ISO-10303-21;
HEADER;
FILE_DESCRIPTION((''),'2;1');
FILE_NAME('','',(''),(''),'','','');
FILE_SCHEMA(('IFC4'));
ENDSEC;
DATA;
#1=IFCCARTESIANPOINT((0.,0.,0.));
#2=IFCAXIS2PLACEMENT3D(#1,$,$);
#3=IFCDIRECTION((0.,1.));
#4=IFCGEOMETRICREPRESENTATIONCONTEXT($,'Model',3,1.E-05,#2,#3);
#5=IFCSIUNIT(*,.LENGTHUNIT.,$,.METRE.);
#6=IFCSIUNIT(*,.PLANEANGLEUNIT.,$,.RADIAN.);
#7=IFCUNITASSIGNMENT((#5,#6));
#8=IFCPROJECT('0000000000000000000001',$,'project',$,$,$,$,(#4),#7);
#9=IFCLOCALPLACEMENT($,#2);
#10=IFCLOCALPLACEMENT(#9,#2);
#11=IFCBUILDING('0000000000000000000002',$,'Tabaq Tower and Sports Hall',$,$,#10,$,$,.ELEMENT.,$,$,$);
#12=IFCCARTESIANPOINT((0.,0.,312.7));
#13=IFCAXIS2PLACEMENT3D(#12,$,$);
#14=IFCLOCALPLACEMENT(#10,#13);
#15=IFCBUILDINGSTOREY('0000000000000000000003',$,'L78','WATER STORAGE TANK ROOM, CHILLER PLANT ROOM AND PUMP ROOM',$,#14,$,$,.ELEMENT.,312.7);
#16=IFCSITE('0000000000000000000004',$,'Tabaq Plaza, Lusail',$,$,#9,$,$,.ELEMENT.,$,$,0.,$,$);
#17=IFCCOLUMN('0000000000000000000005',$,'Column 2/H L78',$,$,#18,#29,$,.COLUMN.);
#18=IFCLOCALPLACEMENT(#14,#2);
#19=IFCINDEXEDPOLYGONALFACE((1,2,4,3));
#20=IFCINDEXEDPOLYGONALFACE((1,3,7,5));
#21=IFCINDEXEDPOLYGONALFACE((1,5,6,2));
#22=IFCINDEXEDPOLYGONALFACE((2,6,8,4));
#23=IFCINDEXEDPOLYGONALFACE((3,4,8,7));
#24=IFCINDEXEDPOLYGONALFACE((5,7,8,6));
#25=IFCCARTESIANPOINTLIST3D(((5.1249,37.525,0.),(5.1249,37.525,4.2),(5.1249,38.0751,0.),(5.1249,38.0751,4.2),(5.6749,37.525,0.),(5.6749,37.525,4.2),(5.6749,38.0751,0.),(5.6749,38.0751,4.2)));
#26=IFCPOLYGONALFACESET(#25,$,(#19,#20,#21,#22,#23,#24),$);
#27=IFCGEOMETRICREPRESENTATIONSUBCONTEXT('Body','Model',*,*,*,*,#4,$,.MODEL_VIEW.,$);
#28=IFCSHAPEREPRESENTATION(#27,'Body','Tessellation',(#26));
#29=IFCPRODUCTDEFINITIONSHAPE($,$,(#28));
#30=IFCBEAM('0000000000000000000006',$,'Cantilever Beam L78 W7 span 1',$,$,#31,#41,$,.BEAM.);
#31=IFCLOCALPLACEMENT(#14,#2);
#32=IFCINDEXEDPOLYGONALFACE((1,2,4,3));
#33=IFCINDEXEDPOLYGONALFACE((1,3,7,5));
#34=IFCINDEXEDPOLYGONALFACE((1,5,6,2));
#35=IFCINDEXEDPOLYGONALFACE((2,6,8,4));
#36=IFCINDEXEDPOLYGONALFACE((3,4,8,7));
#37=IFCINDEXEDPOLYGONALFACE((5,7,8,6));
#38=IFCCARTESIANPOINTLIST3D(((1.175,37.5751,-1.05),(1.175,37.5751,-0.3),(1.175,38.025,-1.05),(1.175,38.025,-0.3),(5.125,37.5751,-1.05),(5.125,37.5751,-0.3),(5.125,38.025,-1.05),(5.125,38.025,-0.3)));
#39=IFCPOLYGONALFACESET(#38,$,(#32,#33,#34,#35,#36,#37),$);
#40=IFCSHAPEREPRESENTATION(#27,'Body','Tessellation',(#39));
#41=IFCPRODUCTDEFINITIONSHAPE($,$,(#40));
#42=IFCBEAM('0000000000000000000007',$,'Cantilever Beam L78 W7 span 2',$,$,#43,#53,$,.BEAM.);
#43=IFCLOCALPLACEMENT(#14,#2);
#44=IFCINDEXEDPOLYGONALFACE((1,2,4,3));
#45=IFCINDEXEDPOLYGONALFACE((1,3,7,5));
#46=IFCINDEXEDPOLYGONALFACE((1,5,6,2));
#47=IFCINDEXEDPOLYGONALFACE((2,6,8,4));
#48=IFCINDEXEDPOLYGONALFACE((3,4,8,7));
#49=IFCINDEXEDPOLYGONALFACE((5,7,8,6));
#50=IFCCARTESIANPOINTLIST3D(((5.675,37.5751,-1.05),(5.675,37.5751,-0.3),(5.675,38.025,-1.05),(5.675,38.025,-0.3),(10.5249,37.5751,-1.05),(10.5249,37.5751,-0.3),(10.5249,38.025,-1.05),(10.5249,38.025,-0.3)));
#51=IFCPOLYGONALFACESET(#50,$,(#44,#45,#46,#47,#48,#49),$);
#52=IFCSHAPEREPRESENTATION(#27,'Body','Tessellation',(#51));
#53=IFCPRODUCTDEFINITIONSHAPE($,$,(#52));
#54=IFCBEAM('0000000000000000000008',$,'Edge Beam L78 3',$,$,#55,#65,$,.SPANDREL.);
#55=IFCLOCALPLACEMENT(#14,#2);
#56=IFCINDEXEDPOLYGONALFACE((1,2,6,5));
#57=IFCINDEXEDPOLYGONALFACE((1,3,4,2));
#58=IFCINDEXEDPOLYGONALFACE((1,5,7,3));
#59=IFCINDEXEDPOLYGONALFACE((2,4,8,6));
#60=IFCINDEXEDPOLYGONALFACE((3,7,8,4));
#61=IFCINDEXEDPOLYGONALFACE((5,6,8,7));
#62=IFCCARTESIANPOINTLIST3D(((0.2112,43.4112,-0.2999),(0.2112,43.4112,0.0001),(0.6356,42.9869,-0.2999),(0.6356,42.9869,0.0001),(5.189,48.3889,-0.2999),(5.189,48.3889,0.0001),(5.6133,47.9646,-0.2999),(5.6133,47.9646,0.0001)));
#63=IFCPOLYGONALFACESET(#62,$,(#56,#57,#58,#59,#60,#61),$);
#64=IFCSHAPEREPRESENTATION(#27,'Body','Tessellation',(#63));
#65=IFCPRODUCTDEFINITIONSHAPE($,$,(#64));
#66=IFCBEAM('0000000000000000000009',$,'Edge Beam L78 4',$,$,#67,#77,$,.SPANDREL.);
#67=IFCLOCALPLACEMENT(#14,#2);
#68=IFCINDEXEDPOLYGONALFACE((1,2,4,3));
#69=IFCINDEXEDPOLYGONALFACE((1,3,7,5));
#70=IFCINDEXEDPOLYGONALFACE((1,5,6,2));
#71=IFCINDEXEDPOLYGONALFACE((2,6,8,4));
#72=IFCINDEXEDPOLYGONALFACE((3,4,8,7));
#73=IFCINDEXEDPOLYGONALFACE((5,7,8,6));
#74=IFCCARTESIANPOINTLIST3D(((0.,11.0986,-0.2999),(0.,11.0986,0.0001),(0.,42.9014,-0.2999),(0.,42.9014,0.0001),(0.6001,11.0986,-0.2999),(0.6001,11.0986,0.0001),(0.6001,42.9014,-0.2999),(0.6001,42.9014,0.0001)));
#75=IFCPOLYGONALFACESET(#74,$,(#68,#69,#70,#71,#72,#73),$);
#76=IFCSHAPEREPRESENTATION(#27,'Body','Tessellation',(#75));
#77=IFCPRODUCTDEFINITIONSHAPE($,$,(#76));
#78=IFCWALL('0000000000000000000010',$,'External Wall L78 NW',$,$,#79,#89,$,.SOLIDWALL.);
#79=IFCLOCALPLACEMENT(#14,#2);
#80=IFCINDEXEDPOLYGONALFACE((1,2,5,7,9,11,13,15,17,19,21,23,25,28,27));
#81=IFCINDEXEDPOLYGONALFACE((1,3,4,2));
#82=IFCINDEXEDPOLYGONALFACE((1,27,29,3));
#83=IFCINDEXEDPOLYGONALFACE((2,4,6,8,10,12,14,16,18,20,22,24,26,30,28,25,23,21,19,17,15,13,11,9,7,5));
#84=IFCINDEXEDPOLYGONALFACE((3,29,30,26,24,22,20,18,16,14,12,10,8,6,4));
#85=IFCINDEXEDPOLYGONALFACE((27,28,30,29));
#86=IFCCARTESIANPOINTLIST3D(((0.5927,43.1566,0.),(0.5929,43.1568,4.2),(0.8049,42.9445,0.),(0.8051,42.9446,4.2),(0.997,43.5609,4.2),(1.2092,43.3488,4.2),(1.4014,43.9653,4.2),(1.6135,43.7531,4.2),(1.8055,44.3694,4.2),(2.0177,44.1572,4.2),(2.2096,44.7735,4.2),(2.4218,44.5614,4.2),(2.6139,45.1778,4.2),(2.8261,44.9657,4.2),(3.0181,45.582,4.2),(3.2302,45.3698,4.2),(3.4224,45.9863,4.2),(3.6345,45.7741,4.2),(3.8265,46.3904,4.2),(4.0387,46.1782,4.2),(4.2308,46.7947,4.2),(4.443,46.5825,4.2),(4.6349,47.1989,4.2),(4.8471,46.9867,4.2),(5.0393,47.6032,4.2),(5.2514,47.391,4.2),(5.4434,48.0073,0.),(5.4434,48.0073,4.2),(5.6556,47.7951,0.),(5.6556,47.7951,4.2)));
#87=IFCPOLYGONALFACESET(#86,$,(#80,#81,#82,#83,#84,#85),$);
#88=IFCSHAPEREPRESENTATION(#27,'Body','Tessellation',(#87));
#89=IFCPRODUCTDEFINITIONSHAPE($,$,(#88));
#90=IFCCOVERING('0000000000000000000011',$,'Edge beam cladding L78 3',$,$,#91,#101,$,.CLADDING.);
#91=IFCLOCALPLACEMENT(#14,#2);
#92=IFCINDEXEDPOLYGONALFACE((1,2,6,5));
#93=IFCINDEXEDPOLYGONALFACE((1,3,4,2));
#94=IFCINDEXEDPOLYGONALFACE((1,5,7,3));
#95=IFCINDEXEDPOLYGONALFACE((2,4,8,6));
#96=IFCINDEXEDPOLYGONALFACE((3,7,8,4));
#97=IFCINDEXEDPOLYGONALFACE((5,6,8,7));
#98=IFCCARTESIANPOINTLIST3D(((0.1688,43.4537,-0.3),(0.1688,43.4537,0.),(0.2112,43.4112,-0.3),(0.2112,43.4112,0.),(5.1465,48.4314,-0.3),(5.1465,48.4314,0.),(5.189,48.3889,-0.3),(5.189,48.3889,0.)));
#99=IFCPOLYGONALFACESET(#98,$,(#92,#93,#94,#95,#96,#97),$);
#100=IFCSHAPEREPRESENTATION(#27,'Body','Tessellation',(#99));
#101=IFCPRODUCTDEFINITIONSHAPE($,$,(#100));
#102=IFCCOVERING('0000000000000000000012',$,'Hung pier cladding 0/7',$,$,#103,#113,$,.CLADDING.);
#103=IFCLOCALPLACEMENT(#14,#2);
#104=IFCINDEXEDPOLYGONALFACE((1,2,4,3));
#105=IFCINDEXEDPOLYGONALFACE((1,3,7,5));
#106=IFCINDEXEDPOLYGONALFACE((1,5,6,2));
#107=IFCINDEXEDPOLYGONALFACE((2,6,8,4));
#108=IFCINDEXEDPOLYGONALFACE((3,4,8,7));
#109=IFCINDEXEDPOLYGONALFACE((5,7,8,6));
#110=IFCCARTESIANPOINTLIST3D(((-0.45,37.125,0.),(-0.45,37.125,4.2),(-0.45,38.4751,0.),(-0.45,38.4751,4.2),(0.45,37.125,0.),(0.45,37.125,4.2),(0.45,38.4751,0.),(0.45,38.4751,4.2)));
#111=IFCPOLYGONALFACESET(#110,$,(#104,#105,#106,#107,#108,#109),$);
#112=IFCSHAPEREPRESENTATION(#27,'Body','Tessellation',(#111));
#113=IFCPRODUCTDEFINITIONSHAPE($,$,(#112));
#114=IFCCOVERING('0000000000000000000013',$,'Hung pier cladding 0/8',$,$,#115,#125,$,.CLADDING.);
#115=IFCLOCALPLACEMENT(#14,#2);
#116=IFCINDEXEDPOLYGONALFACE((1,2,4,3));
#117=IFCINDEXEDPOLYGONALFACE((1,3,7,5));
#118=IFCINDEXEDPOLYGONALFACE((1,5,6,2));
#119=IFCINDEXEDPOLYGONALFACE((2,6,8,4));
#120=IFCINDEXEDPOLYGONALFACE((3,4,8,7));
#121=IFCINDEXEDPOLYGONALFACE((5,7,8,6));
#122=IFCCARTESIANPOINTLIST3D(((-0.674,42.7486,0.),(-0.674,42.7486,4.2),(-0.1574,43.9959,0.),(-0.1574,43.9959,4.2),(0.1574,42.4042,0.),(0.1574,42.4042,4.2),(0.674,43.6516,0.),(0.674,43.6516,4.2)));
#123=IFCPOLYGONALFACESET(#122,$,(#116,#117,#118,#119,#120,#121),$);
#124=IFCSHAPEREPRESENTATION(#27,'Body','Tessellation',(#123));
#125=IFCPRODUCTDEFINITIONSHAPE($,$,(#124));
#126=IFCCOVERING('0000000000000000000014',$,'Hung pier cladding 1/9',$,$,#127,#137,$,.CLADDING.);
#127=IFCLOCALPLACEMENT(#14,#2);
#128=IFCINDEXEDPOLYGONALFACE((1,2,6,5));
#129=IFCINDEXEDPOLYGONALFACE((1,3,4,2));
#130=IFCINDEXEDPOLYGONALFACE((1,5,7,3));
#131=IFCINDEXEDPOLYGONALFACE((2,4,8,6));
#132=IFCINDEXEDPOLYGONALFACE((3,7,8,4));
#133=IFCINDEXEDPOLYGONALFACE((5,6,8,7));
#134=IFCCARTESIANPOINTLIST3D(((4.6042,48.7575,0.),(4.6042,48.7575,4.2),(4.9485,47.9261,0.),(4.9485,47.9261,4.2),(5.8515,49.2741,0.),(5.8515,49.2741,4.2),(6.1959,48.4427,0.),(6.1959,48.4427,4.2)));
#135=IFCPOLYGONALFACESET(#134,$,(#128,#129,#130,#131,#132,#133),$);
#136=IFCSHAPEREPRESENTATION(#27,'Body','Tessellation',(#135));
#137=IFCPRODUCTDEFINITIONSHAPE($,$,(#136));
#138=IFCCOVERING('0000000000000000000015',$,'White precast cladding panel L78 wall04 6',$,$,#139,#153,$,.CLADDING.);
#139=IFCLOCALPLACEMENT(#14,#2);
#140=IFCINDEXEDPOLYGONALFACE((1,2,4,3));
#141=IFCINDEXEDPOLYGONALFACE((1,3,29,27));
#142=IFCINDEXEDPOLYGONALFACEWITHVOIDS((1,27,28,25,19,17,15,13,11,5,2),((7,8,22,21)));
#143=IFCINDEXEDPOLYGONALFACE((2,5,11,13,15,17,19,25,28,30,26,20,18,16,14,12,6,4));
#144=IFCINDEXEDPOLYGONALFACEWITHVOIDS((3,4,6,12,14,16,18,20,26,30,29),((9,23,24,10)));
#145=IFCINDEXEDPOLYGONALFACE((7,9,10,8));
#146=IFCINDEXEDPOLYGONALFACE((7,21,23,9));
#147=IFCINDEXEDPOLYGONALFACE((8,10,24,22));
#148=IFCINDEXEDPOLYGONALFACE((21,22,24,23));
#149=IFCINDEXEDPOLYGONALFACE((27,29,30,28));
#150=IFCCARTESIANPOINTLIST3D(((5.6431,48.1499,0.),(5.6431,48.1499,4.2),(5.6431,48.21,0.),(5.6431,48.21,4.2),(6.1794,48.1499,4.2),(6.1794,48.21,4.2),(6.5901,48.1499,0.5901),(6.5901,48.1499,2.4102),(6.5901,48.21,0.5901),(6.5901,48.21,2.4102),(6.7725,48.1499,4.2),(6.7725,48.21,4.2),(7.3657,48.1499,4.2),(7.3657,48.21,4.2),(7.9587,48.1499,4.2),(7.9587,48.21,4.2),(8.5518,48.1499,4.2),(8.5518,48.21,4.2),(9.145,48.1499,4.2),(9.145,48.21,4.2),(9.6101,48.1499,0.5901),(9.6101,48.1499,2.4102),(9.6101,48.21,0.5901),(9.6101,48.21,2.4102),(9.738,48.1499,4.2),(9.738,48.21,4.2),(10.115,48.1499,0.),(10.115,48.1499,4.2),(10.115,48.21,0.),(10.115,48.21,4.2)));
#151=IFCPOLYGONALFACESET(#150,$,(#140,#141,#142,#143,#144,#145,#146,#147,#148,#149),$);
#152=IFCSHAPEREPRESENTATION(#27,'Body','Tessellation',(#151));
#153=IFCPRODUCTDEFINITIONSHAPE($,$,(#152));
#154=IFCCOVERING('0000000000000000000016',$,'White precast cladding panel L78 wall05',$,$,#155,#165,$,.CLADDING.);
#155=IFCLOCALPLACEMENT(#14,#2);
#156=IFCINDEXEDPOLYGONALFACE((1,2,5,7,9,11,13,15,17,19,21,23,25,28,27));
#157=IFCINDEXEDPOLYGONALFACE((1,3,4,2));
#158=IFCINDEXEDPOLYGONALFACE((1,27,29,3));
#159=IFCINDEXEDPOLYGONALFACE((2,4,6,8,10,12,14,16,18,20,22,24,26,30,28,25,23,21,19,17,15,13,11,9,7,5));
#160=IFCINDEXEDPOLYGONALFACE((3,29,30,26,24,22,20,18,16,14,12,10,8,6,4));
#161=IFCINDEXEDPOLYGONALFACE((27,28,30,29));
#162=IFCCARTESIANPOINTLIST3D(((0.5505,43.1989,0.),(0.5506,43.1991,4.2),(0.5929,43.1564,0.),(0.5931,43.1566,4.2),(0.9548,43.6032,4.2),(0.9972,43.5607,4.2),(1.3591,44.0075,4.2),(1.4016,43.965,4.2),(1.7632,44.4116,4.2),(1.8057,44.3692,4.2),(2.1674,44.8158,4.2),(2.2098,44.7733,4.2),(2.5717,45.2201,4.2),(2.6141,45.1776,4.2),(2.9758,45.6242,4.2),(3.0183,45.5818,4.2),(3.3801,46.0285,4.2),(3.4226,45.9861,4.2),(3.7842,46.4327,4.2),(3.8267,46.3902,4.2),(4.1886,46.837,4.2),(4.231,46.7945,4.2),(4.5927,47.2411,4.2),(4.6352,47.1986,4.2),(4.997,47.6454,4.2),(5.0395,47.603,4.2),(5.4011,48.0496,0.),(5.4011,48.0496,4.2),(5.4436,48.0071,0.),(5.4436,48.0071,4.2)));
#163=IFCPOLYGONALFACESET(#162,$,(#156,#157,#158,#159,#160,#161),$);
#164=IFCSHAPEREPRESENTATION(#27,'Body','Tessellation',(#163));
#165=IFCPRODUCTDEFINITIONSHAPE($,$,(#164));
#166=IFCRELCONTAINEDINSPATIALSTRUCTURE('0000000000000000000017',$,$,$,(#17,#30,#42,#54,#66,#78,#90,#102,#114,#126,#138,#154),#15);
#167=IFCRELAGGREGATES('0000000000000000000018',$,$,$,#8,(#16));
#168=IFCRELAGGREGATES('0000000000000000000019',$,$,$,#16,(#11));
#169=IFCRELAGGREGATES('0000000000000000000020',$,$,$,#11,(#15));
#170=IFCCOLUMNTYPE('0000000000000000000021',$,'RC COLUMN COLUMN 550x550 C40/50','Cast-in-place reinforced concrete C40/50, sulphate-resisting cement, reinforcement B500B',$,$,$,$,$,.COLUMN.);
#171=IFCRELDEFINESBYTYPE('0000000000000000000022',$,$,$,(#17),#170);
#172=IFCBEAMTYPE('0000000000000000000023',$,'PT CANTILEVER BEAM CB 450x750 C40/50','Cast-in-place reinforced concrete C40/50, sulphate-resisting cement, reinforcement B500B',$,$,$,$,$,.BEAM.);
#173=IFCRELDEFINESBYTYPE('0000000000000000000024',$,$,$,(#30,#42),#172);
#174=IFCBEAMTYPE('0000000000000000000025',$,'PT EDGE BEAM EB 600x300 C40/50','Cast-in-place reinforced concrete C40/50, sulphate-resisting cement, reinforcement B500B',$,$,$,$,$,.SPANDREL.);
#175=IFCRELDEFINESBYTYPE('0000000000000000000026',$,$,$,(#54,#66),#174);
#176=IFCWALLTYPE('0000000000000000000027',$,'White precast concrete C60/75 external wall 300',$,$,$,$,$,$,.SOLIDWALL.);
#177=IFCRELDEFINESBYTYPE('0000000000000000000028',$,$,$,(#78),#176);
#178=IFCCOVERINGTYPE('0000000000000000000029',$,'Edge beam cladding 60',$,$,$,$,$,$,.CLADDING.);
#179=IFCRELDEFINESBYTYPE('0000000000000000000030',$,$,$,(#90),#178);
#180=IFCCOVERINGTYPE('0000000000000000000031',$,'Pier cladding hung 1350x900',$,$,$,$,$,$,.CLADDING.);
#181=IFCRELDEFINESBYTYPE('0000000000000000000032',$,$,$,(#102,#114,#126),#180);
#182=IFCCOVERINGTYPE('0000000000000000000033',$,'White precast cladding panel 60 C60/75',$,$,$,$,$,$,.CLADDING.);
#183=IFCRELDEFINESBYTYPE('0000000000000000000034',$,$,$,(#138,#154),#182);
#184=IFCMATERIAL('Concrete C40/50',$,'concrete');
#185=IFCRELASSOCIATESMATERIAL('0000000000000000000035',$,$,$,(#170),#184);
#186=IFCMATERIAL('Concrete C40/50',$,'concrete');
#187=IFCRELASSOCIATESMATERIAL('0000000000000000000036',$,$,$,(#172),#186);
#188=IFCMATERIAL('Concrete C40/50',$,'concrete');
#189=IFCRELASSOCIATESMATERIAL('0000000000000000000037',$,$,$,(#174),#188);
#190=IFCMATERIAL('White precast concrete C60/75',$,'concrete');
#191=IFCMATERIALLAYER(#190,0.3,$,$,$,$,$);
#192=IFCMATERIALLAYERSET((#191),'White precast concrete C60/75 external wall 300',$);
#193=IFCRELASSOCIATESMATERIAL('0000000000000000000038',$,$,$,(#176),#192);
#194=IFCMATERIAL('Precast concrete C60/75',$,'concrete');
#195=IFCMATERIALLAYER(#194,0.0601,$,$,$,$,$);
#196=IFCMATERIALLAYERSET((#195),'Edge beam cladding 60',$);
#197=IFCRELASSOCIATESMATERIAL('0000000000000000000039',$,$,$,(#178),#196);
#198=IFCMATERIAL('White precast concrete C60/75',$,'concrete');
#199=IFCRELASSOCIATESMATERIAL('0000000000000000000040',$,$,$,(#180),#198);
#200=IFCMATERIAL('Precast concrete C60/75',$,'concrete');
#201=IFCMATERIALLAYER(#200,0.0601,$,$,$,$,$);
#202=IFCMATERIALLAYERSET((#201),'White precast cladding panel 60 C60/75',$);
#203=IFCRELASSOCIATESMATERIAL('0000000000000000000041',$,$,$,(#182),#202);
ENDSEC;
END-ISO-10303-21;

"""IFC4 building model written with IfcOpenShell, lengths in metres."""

from ifc_helpers import new_model, si_unit, direction, frame, frame_2d, origin, origin_2d, place, context, subcontext, project, spatial, polyline, rectangle, outline, extrude, material, layer, layer_set, material_profile, profile_set, type_object, element, save


model = new_model("IFC4")

# Units and contexts
model_context = context("Model", 3, precision=1e-05, world=origin(), true_north=direction((0.0, 1.0)))
body_context = subcontext(model_context, "Body", "Model", "MODEL_VIEW")
ifc_project = project(units=[si_unit("LENGTHUNIT", "METRE"), si_unit("PLANEANGLEUNIT", "RADIAN")], contexts=[model_context])

# Site, building, storey
site_placement = place(None, origin())
site = spatial("IfcSite", under=ifc_project, at=site_placement, Name="Tabaq Plaza, Lusail", CompositionType="ELEMENT", RefElevation=0.0)
building_placement = place(site_placement, origin())
building = spatial("IfcBuilding", under=site, at=building_placement, Name="Tabaq Tower and Sports Hall", CompositionType="ELEMENT")
storey_placement = place(building_placement, frame((0.0, 0.0, 312.7)))
storey = spatial("IfcBuildingStorey", under=building, at=storey_placement, Name="L78", Description="WATER STORAGE TANK ROOM, CHILLER PLANT ROOM AND PUMP ROOM", CompositionType="ELEMENT", Elevation=312.7)

# Column
ifc_material_1 = material(Name="Concrete C40/50", Category="concrete")
ifc_material_profile_1 = material_profile(ifc_material_1, rectangle(XDim=0.55, YDim=0.55, at=origin_2d()), Name="COLUMN 550x550")
ifc_profile_set_1 = profile_set([ifc_material_profile_1], Name="Concrete C40/50")
column_type = type_object("IfcColumnType", Name="RC COLUMN COLUMN 550x550 C40/50", Description="Cast-in-place reinforced concrete C40/50, sulphate-resisting cement, reinforcement B500B", PredefinedType="COLUMN", material=ifc_profile_set_1)
column_placement = place(storey_placement, frame((5.3999, 37.8, 0.0), z_axis=(0.0, 0.0, 1.0), x_axis=(1.0, 0.0, 0.0)))
element("IfcColumn", 1, at=column_placement, inside=storey, type_object=column_type, Name="Column 2/H L78", PredefinedType="COLUMN", context=body_context, shape_type="SweptSolid", body=[
    extrude(rectangle(XDim=0.55, YDim=0.55, at=origin_2d()), origin(), (0.0, 0.0, 1.0), 4.2),
])

# Beams
ifc_material_2 = material(Name="Concrete C40/50", Category="concrete")
ifc_material_profile_2 = material_profile(ifc_material_2, rectangle(XDim=0.45, YDim=0.75, at=origin_2d()), Name="CB 450x750")
ifc_profile_set_2 = profile_set([ifc_material_profile_2], Name="Concrete C40/50")
beam_type_1 = type_object("IfcBeamType", Name="PT CANTILEVER BEAM CB 450x750 C40/50", Description="Cast-in-place reinforced concrete C40/50, sulphate-resisting cement, reinforcement B500B", PredefinedType="BEAM", material=ifc_profile_set_2)
beam_1_placement = place(storey_placement, frame((1.175, 37.8, -0.675), z_axis=(1.0, 0.0, 0.0), x_axis=(0.0, 1.0, 0.0)))
element("IfcBeam", 2, at=beam_1_placement, inside=storey, type_object=beam_type_1, Name="Cantilever Beam L78 W7 span 1", PredefinedType="BEAM", context=body_context, shape_type="SweptSolid", body=[
    extrude(rectangle(XDim=0.45, YDim=0.75, at=origin_2d()), origin(), (0.0, 0.0, 1.0), 3.95),
])
beam_2_placement = place(storey_placement, frame((5.675, 37.8, -0.675), z_axis=(1.0, 0.0, 0.0), x_axis=(0.0, 1.0, 0.0)))
element("IfcBeam", 3, at=beam_2_placement, inside=storey, type_object=beam_type_1, Name="Cantilever Beam L78 W7 span 2", PredefinedType="BEAM", context=body_context, shape_type="SweptSolid", body=[
    extrude(rectangle(XDim=0.45, YDim=0.75, at=origin_2d()), origin(), (0.0, 0.0, 1.0), 4.8499),
])
ifc_material_3 = material(Name="Concrete C40/50", Category="concrete")
ifc_material_profile_3 = material_profile(ifc_material_3, rectangle(XDim=0.6001, YDim=0.3, at=origin_2d()), Name="EB 600x300")
ifc_profile_set_3 = profile_set([ifc_material_profile_3], Name="Concrete C40/50")
beam_type_2 = type_object("IfcBeamType", Name="PT EDGE BEAM EB 600x300 C40/50", Description="Cast-in-place reinforced concrete C40/50, sulphate-resisting cement, reinforcement B500B", PredefinedType="SPANDREL", material=ifc_profile_set_3)
beam_3_placement = place(storey_placement, frame((5.4011, 48.1768, -0.1499), z_axis=(-0.707107, -0.707107, 0.0), x_axis=(0.707107, -0.707107, 0.0)))
element("IfcBeam", 4, at=beam_3_placement, inside=storey, type_object=beam_type_2, Name="Edge Beam L78 3", PredefinedType="SPANDREL", context=body_context, shape_type="SweptSolid", body=[
    extrude(rectangle(XDim=0.6001, YDim=0.3, at=origin_2d()), origin(), (0.0, 0.0, 1.0), 7.0396),
])
beam_4_placement = place(storey_placement, frame((0.3, 42.9014, -0.1499), z_axis=(0.0, -1.0, 0.0), x_axis=(1.0, 0.0, 0.0)))
element("IfcBeam", 5, at=beam_4_placement, inside=storey, type_object=beam_type_2, Name="Edge Beam L78 4", PredefinedType="SPANDREL", context=body_context, shape_type="SweptSolid", body=[
    extrude(rectangle(XDim=0.6001, YDim=0.3, at=origin_2d()), origin(), (0.0, 0.0, 1.0), 31.8027),
])

# Wall
ifc_material_4 = material(Name="White precast concrete C60/75", Category="concrete")
ifc_layer_1 = layer(ifc_material_4, 0.3)
ifc_layer_set_1 = layer_set([ifc_layer_1], Name="White precast concrete C60/75 external wall 300")
wall_type = type_object("IfcWallType", Name="White precast concrete C60/75 external wall 300", PredefinedType="SOLIDWALL", material=ifc_layer_set_1)
wall_1_placement = place(storey_placement, frame((5.5496, 47.9011, 0.0), z_axis=(0.0, 0.0, 1.0), x_axis=(-0.707107, -0.707107, 0.0)))
element("IfcWall", 6, at=wall_1_placement, inside=storey, type_object=wall_type, Name="External Wall L78 NW", PredefinedType="SOLIDWALL", context=body_context, shape_type="SweptSolid", body=[
    extrude(outline(polyline([(0.0, 0.0), (6.8599, 0.0), (6.8596, 4.2), (6.2881, 4.2), (5.7163, 4.2), (5.1448, 4.2), (4.5732, 4.2), (4.0015, 4.2), (3.4299, 4.2), (2.8582, 4.2), (2.2866, 4.2), (1.7148, 4.2), (1.1433, 4.2), (0.5715, 4.2), (0.0, 4.2), (0.0, 0.0)])), frame((0.0, 0.1499, 0.0), z_axis=(0.0, -1.0, 0.0), x_axis=(1.0, 0.0, 0.0)), (0.0, 0.0, 1.0), 0.3),
])

# Coverings
ifc_material_5 = material(Name="Precast concrete C60/75", Category="concrete")
ifc_layer_2 = layer(ifc_material_5, 0.0601)
ifc_layer_set_2 = layer_set([ifc_layer_2], Name="Edge beam cladding 60")
covering_type_1 = type_object("IfcCoveringType", Name="Edge beam cladding 60", PredefinedType="CLADDING", material=ifc_layer_set_2)
covering_1_placement = place(storey_placement, frame((5.1677, 48.4102, -0.3), z_axis=(0.0, 0.0, 1.0), x_axis=(-0.707107, -0.707107, 0.0)))
element("IfcCovering", 7, at=covering_1_placement, inside=storey, type_object=covering_type_1, Name="Edge beam cladding L78 3", PredefinedType="CLADDING", context=body_context, shape_type="SweptSolid", body=[
    extrude(rectangle(XDim=7.0396, YDim=0.0601, at=frame_2d((3.5198, 0.0))), origin(), (0.0, 0.0, 1.0), 0.3),
])
ifc_material_6 = material(Name="White precast concrete C60/75", Category="concrete")
covering_type_2 = type_object("IfcCoveringType", Name="Pier cladding hung 1350x900", PredefinedType="CLADDING", material=ifc_material_6)
for number, where, z_axis, x_axis, name in (
    (8, (0.0, 38.4751, 0.0), (0.0, 0.0, 1.0), (0.0, -1.0, 0.0), "Hung pier cladding 0/7"),
    (9, (0.2583, 43.8237, 0.0), (0.0, 0.0, 1.0), (-0.38265, -0.923893, 0.0), "Hung pier cladding 0/8"),
    (10, (6.0237, 48.8584, 0.0), (0.0, 0.0, 1.0), (-0.923893, -0.38265, 0.0), "Hung pier cladding 1/9"),
):
    element("IfcCovering", number, at=place(storey_placement, frame(where, z_axis=z_axis, x_axis=x_axis)), inside=storey, type_object=covering_type_2, Name=name, PredefinedType="CLADDING", context=body_context, shape_type="SweptSolid", body=[
        extrude(rectangle(XDim=1.3501, YDim=0.8999, at=frame_2d((0.675, 0.0))), origin(), (0.0, 0.0, 1.0), 4.2),
    ])
ifc_material_7 = material(Name="Precast concrete C60/75", Category="concrete")
ifc_layer_3 = layer(ifc_material_7, 0.0601)
ifc_layer_set_3 = layer_set([ifc_layer_3], Name="White precast cladding panel 60 C60/75")
covering_type_3 = type_object("IfcCoveringType", Name="White precast cladding panel 60 C60/75", PredefinedType="CLADDING", material=ifc_layer_set_3)
covering_2_placement = place(storey_placement, frame((10.115, 48.1799, 0.0), z_axis=(0.0, 0.0, 1.0), x_axis=(-1.0, 0.0, 0.0)))
element("IfcCovering", 11, at=covering_2_placement, inside=storey, type_object=covering_type_3, Name="White precast cladding panel L78 wall04 6", PredefinedType="CLADDING", context=body_context, shape_type="SweptSolid", body=[
    extrude(outline(polyline([(0.0, 0.0), (4.4719, 0.0), (4.4719, 4.2), (3.9355, 4.2), (3.3425, 4.2), (2.7493, 4.2), (2.1562, 4.2), (1.5632, 4.2), (0.97, 4.2), (0.377, 4.2), (0.0, 4.2), (0.0, 0.0)]), holes=[polyline([(0.5049, 0.5901), (0.5049, 2.4102), (3.5249, 2.4102), (3.5249, 0.5901), (0.5049, 0.5901)])]), frame((0.0, 0.03, 0.0), z_axis=(0.0, -1.0, 0.0), x_axis=(1.0, 0.0, 0.0)), (0.0, 0.0, 1.0), 0.0601),
])
covering_3_placement = place(storey_placement, frame((5.4224, 48.0283, 0.0), z_axis=(0.0, 0.0, 1.0), x_axis=(-0.707107, -0.707107, 0.0)))
element("IfcCovering", 12, at=covering_3_placement, inside=storey, type_object=covering_type_3, Name="White precast cladding panel L78 wall05", PredefinedType="CLADDING", context=body_context, shape_type="SweptSolid", body=[
    extrude(outline(polyline([(0.0, 0.0), (6.8599, 0.0), (6.8596, 4.2), (6.2881, 4.2), (5.7163, 4.2), (5.1448, 4.2), (4.5732, 4.2), (4.0015, 4.2), (3.4299, 4.2), (2.8582, 4.2), (2.2866, 4.2), (1.7148, 4.2), (1.1433, 4.2), (0.5715, 4.2), (0.0, 4.2), (0.0, 0.0)])), frame((0.0, 0.03, 0.0), z_axis=(0.0, -1.0, 0.0), x_axis=(1.0, 0.0, 0.0)), (0.0, 0.0, 1.0), 0.0601),
])

save(model, "model.ifc")
